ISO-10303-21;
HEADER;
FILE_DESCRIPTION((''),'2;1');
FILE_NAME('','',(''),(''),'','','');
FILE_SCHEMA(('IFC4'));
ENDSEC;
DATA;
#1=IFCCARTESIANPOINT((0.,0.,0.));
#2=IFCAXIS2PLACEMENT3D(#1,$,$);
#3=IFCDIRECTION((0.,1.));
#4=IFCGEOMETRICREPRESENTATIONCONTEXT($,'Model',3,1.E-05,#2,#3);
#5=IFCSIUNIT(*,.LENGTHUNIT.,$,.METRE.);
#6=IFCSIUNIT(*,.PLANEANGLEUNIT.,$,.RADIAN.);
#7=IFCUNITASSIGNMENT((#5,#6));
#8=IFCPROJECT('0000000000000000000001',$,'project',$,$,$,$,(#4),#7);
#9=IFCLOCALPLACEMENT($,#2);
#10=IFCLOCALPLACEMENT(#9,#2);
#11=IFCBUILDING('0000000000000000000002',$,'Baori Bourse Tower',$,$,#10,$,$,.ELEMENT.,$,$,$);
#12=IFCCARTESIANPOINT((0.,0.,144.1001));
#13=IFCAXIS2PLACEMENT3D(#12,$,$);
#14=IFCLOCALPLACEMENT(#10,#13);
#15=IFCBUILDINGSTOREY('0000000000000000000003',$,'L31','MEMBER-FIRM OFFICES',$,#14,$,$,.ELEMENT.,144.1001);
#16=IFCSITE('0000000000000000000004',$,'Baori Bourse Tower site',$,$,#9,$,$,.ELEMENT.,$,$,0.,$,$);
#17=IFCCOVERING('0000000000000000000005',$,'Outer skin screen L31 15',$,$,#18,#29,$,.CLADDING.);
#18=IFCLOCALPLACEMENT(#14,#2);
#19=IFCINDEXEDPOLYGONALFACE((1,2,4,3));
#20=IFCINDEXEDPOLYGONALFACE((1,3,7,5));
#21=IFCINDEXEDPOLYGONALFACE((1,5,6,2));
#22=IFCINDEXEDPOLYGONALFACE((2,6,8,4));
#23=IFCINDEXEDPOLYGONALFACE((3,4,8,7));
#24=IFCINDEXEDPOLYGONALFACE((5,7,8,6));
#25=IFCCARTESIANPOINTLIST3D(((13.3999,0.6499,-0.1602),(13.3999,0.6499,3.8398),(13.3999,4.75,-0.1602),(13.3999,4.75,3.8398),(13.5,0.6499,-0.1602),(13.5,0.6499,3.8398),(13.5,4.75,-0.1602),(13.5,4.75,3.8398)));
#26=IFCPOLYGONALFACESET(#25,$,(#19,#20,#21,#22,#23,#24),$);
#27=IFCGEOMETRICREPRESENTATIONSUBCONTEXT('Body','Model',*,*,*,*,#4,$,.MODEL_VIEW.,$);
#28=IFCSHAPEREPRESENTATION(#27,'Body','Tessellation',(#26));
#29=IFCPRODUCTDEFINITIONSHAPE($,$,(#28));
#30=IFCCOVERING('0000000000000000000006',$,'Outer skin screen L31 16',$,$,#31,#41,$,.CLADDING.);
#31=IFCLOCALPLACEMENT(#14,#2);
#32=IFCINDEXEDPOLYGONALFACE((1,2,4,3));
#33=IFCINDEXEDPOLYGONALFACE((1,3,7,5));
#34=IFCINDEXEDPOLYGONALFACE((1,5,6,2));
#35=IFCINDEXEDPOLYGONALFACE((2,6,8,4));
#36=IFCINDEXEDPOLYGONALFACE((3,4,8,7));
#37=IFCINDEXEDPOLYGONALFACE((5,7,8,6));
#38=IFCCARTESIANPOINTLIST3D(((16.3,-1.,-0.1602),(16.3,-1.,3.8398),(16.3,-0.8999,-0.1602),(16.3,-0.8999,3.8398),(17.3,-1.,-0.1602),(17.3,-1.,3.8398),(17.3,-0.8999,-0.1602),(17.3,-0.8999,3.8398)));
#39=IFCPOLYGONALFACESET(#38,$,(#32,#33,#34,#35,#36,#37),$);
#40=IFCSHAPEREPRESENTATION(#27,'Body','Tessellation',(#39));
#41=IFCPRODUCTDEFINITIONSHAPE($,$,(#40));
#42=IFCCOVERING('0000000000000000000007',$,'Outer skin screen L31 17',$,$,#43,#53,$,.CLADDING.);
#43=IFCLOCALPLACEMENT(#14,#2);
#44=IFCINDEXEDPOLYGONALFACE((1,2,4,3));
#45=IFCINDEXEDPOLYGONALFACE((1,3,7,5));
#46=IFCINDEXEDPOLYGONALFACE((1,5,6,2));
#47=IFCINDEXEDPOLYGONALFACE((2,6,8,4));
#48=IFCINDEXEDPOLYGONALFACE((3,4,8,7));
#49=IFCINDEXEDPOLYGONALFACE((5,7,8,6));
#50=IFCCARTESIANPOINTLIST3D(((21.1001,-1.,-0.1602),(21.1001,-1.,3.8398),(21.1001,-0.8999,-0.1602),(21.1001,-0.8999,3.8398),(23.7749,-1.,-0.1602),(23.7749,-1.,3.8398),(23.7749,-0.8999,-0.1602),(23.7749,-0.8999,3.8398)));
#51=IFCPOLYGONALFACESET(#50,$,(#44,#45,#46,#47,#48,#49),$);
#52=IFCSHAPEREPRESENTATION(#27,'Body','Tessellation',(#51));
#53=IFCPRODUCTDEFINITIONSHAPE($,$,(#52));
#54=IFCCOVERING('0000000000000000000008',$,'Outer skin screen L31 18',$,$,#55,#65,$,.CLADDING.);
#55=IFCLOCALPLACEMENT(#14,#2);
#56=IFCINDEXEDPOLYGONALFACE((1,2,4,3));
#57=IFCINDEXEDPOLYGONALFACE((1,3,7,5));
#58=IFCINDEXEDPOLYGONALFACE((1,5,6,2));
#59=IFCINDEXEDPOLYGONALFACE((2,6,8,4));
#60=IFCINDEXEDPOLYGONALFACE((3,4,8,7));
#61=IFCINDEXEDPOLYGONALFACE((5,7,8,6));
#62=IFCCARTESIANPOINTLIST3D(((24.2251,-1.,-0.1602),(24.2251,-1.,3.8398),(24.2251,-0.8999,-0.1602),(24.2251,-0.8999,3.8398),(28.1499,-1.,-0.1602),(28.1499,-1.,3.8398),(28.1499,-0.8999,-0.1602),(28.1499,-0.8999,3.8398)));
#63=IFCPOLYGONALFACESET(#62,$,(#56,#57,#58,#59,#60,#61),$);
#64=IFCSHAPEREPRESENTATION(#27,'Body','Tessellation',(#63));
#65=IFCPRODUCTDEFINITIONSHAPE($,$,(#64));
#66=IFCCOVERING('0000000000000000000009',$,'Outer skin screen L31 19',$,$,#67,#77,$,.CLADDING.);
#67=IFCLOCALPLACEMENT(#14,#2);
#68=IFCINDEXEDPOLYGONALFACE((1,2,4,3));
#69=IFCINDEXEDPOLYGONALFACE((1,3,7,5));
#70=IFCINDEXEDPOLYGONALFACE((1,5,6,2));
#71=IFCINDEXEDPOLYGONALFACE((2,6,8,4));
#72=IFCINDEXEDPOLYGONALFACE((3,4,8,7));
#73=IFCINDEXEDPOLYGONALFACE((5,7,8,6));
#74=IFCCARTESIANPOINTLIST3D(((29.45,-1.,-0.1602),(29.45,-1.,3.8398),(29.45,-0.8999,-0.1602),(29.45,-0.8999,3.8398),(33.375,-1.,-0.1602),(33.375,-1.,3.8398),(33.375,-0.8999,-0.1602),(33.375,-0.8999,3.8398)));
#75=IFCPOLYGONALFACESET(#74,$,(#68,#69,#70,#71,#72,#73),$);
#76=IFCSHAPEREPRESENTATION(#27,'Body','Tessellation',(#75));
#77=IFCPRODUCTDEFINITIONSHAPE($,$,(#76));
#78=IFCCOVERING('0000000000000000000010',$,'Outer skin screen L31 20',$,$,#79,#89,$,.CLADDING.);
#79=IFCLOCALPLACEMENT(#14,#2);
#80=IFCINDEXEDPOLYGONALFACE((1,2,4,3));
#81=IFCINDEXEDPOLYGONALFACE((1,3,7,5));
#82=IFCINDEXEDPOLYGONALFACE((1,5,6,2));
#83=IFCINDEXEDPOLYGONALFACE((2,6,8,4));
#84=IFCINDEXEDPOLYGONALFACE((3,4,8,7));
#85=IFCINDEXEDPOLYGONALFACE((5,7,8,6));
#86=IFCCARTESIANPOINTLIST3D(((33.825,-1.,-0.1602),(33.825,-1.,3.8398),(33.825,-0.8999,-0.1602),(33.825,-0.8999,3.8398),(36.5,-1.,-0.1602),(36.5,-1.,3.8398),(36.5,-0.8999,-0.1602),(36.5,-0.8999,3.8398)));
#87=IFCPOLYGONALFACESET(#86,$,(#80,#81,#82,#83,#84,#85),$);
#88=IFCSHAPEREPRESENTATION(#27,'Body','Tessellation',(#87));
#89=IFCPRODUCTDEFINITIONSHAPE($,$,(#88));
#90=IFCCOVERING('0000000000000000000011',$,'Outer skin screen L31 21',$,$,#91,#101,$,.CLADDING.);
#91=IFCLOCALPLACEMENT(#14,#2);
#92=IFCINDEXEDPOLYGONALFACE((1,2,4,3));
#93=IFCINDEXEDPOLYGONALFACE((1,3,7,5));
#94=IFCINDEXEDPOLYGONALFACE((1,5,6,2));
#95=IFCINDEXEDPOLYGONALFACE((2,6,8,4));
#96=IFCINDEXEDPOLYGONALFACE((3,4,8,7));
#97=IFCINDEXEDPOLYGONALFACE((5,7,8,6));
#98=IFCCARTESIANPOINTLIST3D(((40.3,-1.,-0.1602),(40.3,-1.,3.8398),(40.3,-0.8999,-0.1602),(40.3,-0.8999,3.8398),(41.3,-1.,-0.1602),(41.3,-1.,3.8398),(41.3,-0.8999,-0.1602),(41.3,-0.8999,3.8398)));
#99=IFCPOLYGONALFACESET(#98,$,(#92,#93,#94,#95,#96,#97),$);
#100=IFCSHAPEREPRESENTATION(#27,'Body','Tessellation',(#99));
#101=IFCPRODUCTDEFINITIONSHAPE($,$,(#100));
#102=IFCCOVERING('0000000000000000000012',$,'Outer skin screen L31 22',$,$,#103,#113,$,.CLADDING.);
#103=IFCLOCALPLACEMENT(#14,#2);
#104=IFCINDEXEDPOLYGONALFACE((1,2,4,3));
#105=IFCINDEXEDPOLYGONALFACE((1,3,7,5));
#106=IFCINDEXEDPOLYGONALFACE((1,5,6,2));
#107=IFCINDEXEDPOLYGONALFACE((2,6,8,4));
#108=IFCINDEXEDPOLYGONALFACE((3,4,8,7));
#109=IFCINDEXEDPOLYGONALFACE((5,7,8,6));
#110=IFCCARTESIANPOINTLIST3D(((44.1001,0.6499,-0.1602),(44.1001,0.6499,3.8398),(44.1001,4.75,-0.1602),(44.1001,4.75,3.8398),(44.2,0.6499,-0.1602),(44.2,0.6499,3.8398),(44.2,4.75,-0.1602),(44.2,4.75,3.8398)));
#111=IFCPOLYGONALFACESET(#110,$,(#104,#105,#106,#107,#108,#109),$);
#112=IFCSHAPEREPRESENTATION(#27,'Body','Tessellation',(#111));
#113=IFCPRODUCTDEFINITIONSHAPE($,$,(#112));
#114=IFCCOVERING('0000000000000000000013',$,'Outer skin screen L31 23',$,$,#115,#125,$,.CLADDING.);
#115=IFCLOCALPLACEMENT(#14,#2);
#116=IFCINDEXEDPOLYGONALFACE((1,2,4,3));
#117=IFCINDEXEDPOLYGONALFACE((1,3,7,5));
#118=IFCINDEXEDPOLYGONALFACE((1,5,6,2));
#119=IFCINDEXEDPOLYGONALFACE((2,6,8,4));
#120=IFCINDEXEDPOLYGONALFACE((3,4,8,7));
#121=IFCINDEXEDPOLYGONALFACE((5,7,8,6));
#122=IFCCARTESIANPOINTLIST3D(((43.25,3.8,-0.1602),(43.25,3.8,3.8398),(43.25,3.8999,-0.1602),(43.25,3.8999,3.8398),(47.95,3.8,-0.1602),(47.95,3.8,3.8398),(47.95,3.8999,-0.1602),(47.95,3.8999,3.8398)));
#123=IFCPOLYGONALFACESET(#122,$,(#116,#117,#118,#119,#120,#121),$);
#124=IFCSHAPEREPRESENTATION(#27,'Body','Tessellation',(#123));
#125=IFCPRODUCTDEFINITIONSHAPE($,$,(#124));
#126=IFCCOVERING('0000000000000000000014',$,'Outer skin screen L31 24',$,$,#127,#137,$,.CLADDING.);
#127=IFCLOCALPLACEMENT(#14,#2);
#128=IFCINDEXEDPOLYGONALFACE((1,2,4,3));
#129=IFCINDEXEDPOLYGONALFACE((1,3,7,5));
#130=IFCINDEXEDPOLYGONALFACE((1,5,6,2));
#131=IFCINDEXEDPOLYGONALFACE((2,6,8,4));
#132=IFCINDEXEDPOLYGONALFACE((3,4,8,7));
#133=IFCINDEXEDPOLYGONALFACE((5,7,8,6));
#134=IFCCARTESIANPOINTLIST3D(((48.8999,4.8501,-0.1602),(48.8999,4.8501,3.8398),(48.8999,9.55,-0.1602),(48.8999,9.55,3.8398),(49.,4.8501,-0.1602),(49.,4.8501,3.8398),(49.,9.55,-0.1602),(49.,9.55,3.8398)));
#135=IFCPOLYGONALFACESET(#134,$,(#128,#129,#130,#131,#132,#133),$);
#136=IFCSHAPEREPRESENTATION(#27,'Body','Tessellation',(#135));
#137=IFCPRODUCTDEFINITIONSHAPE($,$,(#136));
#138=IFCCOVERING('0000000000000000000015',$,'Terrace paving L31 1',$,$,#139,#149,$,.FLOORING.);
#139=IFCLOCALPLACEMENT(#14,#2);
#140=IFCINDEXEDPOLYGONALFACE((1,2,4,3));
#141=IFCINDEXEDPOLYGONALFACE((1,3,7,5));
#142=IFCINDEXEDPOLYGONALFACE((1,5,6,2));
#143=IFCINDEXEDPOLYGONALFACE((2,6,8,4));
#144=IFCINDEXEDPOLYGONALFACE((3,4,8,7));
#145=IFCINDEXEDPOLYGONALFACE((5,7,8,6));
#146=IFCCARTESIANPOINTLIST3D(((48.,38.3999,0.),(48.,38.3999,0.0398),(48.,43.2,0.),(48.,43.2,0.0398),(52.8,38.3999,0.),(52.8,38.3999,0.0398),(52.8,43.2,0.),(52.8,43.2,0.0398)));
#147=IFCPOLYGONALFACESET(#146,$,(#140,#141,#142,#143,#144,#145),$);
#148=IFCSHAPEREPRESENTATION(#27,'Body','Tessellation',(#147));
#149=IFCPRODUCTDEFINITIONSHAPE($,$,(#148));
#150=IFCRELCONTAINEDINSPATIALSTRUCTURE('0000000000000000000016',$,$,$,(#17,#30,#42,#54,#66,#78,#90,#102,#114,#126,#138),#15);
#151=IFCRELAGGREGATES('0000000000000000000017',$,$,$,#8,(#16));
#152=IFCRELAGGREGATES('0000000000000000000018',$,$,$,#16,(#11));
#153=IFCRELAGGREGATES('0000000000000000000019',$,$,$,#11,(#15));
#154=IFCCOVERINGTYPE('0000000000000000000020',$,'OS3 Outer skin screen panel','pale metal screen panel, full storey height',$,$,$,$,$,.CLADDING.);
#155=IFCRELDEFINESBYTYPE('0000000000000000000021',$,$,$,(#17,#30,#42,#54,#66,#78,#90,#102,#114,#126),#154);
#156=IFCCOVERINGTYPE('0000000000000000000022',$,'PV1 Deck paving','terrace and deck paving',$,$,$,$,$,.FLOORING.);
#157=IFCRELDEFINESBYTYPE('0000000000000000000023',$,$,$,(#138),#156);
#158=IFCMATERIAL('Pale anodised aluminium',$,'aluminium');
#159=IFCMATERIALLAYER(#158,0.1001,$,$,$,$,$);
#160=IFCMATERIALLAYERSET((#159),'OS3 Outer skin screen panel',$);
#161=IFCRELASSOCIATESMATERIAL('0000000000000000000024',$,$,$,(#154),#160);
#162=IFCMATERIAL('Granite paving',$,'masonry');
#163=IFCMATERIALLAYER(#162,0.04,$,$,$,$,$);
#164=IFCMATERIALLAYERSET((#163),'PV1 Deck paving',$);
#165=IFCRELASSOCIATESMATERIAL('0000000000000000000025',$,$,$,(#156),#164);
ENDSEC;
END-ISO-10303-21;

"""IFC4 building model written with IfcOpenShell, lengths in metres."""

from ifc_helpers import new_model, si_unit, direction, frame, origin, place, context, subcontext, project, spatial, polyline, outline, extrude, material, layer, layer_set, type_object, element, save


model = new_model("IFC4")

# Units and contexts
model_context = context("Model", 3, precision=1e-05, world=origin(), true_north=direction((0.0, 1.0)))
body_context = subcontext(model_context, "Body", "Model", "MODEL_VIEW")
ifc_project = project(units=[si_unit("LENGTHUNIT", "METRE"), si_unit("PLANEANGLEUNIT", "RADIAN")], contexts=[model_context])

# Site, building, storey
site_placement = place(None, origin())
site = spatial("IfcSite", under=ifc_project, at=site_placement, Name="Baori Bourse Tower site", CompositionType="ELEMENT", RefElevation=0.0)
building_placement = place(site_placement, origin())
building = spatial("IfcBuilding", under=site, at=building_placement, Name="Baori Bourse Tower", CompositionType="ELEMENT")
storey_placement = place(building_placement, frame((0.0, 0.0, 144.1001)))
storey = spatial("IfcBuildingStorey", under=building, at=storey_placement, Name="L31", Description="MEMBER-FIRM OFFICES", CompositionType="ELEMENT", Elevation=144.1001)

# Coverings
ifc_material_1 = material(Name="Pale anodised aluminium", Category="aluminium")
ifc_layer_1 = layer(ifc_material_1, 0.1001)
ifc_layer_set_1 = layer_set([ifc_layer_1], Name="OS3 Outer skin screen panel")
covering_type_1 = type_object("IfcCoveringType", Name="OS3 Outer skin screen panel", Description="pale metal screen panel, full storey height", PredefinedType="CLADDING", material=ifc_layer_set_1)
covering_1_placement = place(storey_placement, frame((0.0, 0.0, -0.1602)))
element("IfcCovering", 1, at=covering_1_placement, inside=storey, type_object=covering_type_1, Name="Outer skin screen L31 15", PredefinedType="CLADDING", context=body_context, shape_type="SweptSolid", body=[
    extrude(outline(polyline([(13.5, 0.6499), (13.5, 4.75), (13.3999, 4.75), (13.3999, 0.6499), (13.5, 0.6499)])), origin(), (0.0, 0.0, 1.0), 4.0),
])
covering_2_placement = place(storey_placement, frame((0.0, 0.0, -0.1602)))
element("IfcCovering", 2, at=covering_2_placement, inside=storey, type_object=covering_type_1, Name="Outer skin screen L31 16", PredefinedType="CLADDING", context=body_context, shape_type="SweptSolid", body=[
    extrude(outline(polyline([(17.3, -0.8999), (16.3, -0.8999), (16.3, -1.0), (17.3, -1.0), (17.3, -0.8999)])), origin(), (0.0, 0.0, 1.0), 4.0),
])
covering_3_placement = place(storey_placement, frame((0.0, 0.0, -0.1602)))
element("IfcCovering", 3, at=covering_3_placement, inside=storey, type_object=covering_type_1, Name="Outer skin screen L31 17", PredefinedType="CLADDING", context=body_context, shape_type="SweptSolid", body=[
    extrude(outline(polyline([(23.7749, -0.8999), (21.1001, -0.8999), (21.1001, -1.0), (23.7749, -1.0), (23.7749, -0.8999)])), origin(), (0.0, 0.0, 1.0), 4.0),
])
covering_4_placement = place(storey_placement, frame((0.0, 0.0, -0.1602)))
element("IfcCovering", 4, at=covering_4_placement, inside=storey, type_object=covering_type_1, Name="Outer skin screen L31 18", PredefinedType="CLADDING", context=body_context, shape_type="SweptSolid", body=[
    extrude(outline(polyline([(28.1499, -0.8999), (24.2251, -0.8999), (24.2251, -1.0), (28.1499, -1.0), (28.1499, -0.8999)])), origin(), (0.0, 0.0, 1.0), 4.0),
])
covering_5_placement = place(storey_placement, frame((0.0, 0.0, -0.1602)))
element("IfcCovering", 5, at=covering_5_placement, inside=storey, type_object=covering_type_1, Name="Outer skin screen L31 19", PredefinedType="CLADDING", context=body_context, shape_type="SweptSolid", body=[
    extrude(outline(polyline([(33.375, -0.8999), (29.45, -0.8999), (29.45, -1.0), (33.375, -1.0), (33.375, -0.8999)])), origin(), (0.0, 0.0, 1.0), 4.0),
])
covering_6_placement = place(storey_placement, frame((0.0, 0.0, -0.1602)))
element("IfcCovering", 6, at=covering_6_placement, inside=storey, type_object=covering_type_1, Name="Outer skin screen L31 20", PredefinedType="CLADDING", context=body_context, shape_type="SweptSolid", body=[
    extrude(outline(polyline([(36.5, -0.8999), (33.825, -0.8999), (33.825, -1.0), (36.5, -1.0), (36.5, -0.8999)])), origin(), (0.0, 0.0, 1.0), 4.0),
])
covering_7_placement = place(storey_placement, frame((0.0, 0.0, -0.1602)))
element("IfcCovering", 7, at=covering_7_placement, inside=storey, type_object=covering_type_1, Name="Outer skin screen L31 21", PredefinedType="CLADDING", context=body_context, shape_type="SweptSolid", body=[
    extrude(outline(polyline([(41.3, -0.8999), (40.3, -0.8999), (40.3, -1.0), (41.3, -1.0), (41.3, -0.8999)])), origin(), (0.0, 0.0, 1.0), 4.0),
])
covering_8_placement = place(storey_placement, frame((0.0, 0.0, -0.1602)))
element("IfcCovering", 8, at=covering_8_placement, inside=storey, type_object=covering_type_1, Name="Outer skin screen L31 22", PredefinedType="CLADDING", context=body_context, shape_type="SweptSolid", body=[
    extrude(outline(polyline([(44.1001, 4.75), (44.1001, 0.6499), (44.2, 0.6499), (44.2, 4.75), (44.1001, 4.75)])), origin(), (0.0, 0.0, 1.0), 4.0),
])
covering_9_placement = place(storey_placement, frame((0.0, 0.0, -0.1602)))
element("IfcCovering", 9, at=covering_9_placement, inside=storey, type_object=covering_type_1, Name="Outer skin screen L31 23", PredefinedType="CLADDING", context=body_context, shape_type="SweptSolid", body=[
    extrude(outline(polyline([(47.95, 3.8999), (43.25, 3.8999), (43.25, 3.8), (47.95, 3.8), (47.95, 3.8999)])), origin(), (0.0, 0.0, 1.0), 4.0),
])
covering_10_placement = place(storey_placement, frame((0.0, 0.0, -0.1602)))
element("IfcCovering", 10, at=covering_10_placement, inside=storey, type_object=covering_type_1, Name="Outer skin screen L31 24", PredefinedType="CLADDING", context=body_context, shape_type="SweptSolid", body=[
    extrude(outline(polyline([(48.8999, 9.55), (48.8999, 4.8501), (49.0, 4.8501), (49.0, 9.55), (48.8999, 9.55)])), origin(), (0.0, 0.0, 1.0), 4.0),
])
ifc_material_2 = material(Name="Granite paving", Category="masonry")
ifc_layer_2 = layer(ifc_material_2, 0.04)
ifc_layer_set_2 = layer_set([ifc_layer_2], Name="PV1 Deck paving")
covering_type_2 = type_object("IfcCoveringType", Name="PV1 Deck paving", Description="terrace and deck paving", PredefinedType="FLOORING", material=ifc_layer_set_2)
covering_11_placement = place(storey_placement, origin())
element("IfcCovering", 11, at=covering_11_placement, inside=storey, type_object=covering_type_2, Name="Terrace paving L31 1", PredefinedType="FLOORING", context=body_context, shape_type="SweptSolid", body=[
    extrude(outline(polyline([(48.0, 38.3999), (52.8, 38.3999), (52.8, 43.2), (48.0, 43.2), (48.0, 38.3999)])), origin(), (0.0, 0.0, 1.0), 0.0398),
])

save(model, "model.ifc")
